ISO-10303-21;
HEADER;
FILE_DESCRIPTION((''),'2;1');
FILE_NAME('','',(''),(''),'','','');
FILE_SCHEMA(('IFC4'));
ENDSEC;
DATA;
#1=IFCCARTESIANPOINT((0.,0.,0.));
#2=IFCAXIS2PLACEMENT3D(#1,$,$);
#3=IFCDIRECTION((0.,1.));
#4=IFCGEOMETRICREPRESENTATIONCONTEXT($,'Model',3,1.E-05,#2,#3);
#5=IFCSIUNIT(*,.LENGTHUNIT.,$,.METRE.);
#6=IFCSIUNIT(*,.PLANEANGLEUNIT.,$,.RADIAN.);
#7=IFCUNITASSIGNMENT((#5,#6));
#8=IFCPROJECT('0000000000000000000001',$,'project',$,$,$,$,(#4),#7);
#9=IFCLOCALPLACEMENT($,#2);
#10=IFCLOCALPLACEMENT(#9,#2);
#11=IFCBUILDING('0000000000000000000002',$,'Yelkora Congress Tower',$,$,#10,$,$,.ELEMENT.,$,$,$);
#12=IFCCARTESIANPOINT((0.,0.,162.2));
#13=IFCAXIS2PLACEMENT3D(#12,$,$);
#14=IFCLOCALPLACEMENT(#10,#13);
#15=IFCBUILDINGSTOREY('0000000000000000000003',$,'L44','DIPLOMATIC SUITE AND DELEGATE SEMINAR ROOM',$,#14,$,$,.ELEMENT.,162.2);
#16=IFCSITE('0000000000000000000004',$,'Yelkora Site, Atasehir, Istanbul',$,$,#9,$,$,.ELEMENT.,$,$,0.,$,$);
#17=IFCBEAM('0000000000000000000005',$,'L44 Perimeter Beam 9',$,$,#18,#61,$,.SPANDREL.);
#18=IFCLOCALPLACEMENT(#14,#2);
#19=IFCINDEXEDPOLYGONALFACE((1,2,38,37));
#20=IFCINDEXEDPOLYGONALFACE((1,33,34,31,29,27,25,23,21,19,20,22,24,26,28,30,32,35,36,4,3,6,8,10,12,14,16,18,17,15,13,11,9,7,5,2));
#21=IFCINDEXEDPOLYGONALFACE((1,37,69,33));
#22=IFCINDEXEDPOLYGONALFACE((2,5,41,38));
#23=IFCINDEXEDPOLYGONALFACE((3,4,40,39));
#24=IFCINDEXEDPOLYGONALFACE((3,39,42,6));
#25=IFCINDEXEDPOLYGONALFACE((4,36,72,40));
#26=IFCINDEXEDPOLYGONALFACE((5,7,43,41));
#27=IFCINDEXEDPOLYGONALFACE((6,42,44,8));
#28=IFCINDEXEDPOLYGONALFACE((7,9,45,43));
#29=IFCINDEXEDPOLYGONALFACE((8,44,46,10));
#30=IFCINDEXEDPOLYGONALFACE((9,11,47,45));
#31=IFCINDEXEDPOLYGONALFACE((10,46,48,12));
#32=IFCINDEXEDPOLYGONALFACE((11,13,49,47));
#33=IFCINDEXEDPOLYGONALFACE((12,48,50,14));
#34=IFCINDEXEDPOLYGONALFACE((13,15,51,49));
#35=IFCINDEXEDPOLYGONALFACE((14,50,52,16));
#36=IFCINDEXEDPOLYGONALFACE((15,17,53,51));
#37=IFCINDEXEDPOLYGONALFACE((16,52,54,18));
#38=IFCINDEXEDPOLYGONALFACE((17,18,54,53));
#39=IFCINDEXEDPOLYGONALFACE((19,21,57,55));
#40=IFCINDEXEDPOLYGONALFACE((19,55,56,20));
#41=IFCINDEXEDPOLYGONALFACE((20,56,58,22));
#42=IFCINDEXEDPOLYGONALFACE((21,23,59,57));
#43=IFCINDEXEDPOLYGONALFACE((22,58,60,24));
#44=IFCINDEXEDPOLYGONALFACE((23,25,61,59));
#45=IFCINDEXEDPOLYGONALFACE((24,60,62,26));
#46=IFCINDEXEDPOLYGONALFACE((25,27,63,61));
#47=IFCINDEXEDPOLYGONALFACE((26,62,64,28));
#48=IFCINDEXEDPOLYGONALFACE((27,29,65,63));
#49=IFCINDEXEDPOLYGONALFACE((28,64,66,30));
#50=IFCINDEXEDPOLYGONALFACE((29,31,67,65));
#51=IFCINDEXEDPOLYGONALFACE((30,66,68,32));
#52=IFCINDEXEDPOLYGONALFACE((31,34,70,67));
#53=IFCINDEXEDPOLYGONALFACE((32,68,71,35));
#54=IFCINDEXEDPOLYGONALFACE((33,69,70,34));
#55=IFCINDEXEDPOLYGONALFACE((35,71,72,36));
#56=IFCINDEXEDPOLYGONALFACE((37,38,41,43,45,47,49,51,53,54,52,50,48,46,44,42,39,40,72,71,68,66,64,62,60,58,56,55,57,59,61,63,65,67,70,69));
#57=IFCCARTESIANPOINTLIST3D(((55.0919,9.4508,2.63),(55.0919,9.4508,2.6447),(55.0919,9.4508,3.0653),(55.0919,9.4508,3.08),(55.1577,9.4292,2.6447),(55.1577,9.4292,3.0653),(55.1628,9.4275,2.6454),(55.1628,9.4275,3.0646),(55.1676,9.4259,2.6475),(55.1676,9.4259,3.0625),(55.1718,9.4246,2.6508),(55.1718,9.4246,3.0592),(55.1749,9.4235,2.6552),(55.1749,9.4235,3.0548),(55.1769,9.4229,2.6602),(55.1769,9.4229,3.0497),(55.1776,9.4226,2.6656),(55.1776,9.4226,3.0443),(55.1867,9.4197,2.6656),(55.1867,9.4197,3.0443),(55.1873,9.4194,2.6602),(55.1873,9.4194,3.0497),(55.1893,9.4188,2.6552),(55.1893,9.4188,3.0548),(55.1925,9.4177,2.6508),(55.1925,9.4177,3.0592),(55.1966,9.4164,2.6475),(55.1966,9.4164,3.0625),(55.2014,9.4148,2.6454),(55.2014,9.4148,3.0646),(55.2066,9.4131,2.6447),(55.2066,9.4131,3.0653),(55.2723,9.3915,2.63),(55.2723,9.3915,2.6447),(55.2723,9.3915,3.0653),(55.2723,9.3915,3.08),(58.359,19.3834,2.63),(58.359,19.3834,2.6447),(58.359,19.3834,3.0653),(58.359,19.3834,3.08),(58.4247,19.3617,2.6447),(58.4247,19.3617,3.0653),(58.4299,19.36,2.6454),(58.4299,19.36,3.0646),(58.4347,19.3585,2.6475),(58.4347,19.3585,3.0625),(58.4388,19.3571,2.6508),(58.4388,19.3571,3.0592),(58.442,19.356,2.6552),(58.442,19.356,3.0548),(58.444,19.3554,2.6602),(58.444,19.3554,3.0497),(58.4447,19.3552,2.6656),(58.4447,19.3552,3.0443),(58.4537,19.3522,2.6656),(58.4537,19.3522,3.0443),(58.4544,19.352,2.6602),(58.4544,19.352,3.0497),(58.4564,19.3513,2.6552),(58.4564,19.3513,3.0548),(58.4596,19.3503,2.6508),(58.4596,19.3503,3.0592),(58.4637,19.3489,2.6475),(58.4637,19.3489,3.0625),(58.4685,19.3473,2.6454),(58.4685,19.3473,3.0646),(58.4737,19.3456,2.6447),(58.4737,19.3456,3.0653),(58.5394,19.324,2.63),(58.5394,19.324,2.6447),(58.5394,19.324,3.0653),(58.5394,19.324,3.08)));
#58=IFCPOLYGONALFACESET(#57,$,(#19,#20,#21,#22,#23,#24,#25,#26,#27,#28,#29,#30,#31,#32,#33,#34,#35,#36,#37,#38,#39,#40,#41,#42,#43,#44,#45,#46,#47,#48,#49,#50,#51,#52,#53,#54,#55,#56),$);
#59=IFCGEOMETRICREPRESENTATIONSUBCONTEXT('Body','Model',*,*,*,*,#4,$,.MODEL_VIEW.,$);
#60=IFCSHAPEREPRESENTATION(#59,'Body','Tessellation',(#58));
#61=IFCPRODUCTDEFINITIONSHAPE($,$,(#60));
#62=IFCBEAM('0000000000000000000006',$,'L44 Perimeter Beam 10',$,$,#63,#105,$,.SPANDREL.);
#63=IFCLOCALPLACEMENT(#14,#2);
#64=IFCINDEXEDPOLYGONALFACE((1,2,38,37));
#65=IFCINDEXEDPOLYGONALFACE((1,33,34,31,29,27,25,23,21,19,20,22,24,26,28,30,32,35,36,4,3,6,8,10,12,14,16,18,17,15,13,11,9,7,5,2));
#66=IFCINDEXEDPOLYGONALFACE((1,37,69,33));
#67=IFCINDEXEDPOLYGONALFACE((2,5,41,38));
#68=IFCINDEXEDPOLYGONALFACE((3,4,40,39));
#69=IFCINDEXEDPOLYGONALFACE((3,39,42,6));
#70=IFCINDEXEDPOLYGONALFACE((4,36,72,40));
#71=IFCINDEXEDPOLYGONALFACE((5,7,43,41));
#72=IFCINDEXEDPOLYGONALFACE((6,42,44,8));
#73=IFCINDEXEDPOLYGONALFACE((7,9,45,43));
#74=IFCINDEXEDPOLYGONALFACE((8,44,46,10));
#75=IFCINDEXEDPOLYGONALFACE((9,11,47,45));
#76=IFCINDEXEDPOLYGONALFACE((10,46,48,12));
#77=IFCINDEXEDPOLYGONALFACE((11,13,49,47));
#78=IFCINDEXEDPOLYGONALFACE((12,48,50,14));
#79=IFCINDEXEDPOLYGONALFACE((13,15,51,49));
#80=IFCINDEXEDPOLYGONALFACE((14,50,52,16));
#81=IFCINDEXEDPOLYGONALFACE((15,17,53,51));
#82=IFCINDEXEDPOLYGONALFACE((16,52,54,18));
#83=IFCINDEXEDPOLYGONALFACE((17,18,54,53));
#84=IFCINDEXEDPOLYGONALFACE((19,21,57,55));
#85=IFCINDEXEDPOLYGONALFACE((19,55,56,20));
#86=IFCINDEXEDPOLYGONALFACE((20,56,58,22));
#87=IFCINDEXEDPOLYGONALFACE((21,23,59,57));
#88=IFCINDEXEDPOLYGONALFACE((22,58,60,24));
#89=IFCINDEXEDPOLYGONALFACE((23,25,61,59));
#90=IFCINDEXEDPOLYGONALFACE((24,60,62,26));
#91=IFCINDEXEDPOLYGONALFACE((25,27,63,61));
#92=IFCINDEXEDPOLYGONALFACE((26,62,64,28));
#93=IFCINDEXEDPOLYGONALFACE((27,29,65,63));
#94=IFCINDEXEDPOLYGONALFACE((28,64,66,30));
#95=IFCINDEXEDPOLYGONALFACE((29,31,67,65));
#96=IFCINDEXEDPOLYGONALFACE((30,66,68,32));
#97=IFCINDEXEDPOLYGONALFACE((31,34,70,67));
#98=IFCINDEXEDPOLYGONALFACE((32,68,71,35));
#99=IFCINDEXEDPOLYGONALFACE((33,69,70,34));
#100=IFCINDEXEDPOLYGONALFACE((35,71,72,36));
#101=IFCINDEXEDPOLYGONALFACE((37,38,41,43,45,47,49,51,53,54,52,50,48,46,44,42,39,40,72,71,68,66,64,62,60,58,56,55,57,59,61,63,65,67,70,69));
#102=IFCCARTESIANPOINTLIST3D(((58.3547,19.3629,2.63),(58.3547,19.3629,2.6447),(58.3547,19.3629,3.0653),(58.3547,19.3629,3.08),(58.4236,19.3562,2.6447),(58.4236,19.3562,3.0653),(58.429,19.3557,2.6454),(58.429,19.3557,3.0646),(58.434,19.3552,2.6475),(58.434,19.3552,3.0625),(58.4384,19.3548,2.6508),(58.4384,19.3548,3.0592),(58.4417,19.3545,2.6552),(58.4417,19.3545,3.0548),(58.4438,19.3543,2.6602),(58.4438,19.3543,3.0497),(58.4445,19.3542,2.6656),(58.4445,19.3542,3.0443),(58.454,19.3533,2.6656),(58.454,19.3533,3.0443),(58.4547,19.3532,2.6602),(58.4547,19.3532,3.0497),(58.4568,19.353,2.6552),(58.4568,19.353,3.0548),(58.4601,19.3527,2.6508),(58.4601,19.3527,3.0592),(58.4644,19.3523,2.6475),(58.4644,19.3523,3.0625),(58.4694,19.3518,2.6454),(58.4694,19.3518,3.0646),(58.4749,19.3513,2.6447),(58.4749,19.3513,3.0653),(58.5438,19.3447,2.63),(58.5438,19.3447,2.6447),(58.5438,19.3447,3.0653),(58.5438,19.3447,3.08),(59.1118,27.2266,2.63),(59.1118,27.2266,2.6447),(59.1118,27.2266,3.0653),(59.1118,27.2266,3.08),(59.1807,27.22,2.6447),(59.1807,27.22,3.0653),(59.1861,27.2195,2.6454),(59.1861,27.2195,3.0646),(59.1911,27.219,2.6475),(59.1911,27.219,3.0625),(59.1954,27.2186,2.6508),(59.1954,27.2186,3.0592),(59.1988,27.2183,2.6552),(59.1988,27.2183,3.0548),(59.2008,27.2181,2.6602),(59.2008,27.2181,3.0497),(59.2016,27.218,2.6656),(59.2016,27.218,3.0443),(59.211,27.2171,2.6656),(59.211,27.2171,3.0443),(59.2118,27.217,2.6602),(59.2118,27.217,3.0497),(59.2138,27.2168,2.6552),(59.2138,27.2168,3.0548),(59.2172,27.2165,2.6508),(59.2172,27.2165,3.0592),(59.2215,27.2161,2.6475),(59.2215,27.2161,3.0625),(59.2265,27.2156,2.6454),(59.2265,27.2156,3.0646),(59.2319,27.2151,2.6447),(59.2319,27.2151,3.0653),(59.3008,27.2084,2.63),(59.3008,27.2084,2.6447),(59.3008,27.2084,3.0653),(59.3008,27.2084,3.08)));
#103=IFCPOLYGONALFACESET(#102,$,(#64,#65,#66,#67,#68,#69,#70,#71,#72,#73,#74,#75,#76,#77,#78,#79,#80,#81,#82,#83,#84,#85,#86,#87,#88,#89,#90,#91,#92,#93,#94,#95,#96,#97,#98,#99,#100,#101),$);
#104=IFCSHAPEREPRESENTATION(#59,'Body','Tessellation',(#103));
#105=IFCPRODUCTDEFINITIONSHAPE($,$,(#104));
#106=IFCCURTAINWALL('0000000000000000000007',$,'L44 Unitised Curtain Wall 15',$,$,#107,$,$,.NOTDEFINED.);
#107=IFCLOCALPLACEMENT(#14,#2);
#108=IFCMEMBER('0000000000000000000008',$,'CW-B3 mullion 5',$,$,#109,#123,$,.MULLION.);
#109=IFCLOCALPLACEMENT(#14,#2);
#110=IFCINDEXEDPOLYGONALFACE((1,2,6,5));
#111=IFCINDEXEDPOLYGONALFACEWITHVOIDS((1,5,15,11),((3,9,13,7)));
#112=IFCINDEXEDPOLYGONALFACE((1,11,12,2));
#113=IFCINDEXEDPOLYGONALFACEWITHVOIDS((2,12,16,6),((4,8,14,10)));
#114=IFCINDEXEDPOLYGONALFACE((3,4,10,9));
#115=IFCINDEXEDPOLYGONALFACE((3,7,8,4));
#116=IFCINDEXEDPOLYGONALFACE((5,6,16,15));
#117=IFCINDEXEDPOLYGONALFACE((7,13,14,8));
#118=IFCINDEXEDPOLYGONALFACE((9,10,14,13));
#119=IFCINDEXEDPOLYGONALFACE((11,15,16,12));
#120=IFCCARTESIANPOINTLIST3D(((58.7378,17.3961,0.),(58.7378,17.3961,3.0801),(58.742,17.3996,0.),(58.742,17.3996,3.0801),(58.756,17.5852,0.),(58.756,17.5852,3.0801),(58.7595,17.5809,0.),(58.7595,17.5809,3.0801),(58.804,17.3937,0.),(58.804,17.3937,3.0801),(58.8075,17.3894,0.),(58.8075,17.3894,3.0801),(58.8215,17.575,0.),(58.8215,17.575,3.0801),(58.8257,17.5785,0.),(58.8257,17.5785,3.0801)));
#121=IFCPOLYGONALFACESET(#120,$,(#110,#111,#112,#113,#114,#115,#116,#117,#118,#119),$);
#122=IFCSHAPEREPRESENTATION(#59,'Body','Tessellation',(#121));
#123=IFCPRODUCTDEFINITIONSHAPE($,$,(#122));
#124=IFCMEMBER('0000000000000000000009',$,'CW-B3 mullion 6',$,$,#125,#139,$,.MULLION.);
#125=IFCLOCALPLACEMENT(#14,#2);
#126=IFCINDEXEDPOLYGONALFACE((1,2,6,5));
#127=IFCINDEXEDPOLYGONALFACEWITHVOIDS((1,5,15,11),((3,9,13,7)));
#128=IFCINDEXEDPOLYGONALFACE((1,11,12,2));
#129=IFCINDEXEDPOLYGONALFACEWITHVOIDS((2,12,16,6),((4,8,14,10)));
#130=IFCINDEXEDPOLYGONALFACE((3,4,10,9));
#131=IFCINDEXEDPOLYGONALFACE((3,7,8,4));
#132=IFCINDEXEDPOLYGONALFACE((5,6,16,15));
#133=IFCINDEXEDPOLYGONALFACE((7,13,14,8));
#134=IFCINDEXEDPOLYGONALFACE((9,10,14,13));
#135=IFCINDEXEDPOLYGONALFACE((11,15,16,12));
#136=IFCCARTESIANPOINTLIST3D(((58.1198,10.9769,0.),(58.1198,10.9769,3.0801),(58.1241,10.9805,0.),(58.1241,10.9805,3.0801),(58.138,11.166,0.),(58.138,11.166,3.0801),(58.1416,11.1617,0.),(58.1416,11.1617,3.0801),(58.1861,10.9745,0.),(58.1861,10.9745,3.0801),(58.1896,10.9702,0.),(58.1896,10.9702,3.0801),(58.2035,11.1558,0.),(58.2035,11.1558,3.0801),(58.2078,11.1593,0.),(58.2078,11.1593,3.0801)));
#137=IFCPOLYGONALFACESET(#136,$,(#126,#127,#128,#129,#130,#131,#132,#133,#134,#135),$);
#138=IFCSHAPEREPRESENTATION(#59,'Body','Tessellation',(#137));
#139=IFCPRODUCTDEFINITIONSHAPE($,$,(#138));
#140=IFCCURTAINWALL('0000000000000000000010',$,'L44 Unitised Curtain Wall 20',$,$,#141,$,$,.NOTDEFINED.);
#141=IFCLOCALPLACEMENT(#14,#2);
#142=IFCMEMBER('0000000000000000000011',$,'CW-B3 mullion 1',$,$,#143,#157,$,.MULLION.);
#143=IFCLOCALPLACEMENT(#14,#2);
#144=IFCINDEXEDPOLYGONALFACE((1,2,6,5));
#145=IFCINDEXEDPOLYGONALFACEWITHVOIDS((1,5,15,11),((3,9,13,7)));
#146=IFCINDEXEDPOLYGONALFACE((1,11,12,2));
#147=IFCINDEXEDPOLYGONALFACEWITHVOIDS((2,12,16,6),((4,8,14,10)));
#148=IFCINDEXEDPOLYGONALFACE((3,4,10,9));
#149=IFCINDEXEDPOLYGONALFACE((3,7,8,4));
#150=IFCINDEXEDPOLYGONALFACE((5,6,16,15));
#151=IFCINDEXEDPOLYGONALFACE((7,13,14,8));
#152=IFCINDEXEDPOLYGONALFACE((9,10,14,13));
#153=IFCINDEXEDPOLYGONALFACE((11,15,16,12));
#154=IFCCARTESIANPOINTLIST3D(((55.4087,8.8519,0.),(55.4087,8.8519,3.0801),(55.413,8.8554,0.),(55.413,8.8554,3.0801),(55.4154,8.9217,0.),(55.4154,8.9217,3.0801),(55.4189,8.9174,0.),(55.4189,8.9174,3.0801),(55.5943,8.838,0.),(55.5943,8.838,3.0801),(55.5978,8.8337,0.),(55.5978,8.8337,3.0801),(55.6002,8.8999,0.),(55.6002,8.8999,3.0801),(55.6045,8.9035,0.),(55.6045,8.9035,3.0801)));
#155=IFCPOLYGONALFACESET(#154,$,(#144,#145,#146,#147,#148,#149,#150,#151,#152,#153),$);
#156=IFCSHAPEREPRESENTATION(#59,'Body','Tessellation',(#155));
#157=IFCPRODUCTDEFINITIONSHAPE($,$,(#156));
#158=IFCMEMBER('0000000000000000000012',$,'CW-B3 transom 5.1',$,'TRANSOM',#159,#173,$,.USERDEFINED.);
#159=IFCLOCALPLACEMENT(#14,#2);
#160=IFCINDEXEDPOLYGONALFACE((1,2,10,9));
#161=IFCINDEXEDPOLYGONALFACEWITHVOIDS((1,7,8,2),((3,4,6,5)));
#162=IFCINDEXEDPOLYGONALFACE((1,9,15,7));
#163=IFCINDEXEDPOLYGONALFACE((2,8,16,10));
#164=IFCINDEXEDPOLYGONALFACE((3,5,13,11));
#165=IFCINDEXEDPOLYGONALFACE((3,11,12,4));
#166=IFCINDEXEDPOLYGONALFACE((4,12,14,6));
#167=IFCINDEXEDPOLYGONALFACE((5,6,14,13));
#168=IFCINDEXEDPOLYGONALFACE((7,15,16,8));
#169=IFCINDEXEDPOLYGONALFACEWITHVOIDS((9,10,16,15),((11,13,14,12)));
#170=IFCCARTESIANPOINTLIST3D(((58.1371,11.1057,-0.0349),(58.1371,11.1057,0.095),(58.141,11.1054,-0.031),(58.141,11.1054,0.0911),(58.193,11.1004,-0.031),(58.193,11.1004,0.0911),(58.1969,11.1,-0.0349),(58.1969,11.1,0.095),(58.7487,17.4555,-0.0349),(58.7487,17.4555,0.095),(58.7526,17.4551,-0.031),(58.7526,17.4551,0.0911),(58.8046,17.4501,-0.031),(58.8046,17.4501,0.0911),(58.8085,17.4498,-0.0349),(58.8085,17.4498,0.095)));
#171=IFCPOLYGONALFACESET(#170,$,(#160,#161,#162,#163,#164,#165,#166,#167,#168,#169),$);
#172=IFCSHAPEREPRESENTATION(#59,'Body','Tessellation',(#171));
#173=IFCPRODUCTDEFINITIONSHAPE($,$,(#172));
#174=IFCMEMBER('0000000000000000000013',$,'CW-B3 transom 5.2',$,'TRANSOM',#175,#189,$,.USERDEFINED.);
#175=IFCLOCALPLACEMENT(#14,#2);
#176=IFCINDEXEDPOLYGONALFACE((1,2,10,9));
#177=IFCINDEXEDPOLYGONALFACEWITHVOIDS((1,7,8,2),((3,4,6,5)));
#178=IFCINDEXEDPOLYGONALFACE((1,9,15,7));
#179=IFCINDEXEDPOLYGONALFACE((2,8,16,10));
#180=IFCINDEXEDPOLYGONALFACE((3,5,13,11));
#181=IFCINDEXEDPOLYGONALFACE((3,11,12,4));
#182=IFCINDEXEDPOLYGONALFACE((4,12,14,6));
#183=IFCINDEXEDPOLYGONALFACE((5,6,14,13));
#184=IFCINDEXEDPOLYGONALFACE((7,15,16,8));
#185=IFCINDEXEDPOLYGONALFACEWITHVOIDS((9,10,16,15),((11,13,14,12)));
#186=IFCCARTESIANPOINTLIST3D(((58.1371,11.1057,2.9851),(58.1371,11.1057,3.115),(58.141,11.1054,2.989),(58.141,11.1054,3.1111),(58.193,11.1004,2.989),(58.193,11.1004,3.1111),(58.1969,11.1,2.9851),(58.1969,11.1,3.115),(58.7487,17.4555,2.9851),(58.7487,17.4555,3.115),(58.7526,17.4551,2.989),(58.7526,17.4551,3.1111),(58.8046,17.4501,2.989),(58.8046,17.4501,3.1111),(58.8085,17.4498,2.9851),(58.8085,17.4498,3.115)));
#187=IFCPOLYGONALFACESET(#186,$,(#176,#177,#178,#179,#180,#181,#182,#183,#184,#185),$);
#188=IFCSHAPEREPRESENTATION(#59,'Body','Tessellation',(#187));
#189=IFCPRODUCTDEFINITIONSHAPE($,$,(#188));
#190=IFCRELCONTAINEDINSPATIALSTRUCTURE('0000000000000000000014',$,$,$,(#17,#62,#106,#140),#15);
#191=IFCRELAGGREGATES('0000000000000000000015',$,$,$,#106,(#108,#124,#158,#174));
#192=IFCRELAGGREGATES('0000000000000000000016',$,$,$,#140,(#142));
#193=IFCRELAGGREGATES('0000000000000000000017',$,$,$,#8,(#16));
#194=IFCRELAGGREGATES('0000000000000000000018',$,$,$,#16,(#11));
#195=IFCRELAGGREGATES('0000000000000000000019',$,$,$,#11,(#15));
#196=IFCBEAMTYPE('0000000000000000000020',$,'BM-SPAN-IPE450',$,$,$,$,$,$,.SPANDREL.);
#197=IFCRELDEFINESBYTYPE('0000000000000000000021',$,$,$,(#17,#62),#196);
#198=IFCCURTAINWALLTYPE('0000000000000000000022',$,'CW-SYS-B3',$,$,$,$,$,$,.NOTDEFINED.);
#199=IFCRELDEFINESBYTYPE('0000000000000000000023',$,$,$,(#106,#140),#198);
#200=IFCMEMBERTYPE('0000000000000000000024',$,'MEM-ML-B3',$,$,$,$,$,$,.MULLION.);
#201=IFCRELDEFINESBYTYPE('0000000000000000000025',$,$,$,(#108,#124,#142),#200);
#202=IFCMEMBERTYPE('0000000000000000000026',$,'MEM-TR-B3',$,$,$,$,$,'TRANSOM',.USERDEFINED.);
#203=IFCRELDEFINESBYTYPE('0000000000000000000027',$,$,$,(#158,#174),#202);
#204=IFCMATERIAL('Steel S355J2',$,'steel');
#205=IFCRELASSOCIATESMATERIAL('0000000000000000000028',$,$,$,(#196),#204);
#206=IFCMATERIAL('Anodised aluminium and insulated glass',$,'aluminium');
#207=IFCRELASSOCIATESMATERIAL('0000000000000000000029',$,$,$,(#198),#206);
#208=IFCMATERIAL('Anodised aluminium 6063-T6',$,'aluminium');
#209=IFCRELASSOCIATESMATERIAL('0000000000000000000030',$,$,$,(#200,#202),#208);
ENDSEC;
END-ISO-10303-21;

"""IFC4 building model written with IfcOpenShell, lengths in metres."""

from ifc_helpers import new_model, si_unit, direction, frame, origin, origin_2d, place, context, subcontext, project, spatial, hollow_rectangle, i_section, extrude, material, material_profile, profile_set, type_object, element, aggregate, save


model = new_model("IFC4")

# Units and contexts
model_context = context("Model", 3, precision=1e-05, world=origin(), true_north=direction((0.0, 1.0)))
body_context = subcontext(model_context, "Body", "Model", "MODEL_VIEW")
ifc_project = project(units=[si_unit("LENGTHUNIT", "METRE"), si_unit("PLANEANGLEUNIT", "RADIAN")], contexts=[model_context])

# Site, building, storey
site_placement = place(None, origin())
site = spatial("IfcSite", under=ifc_project, at=site_placement, Name="Yelkora Site, Atasehir, Istanbul", CompositionType="ELEMENT", RefElevation=0.0)
building_placement = place(site_placement, origin())
building = spatial("IfcBuilding", under=site, at=building_placement, Name="Yelkora Congress Tower", CompositionType="ELEMENT")
storey_placement = place(building_placement, frame((0.0, 0.0, 162.2)))
storey = spatial("IfcBuildingStorey", under=building, at=storey_placement, Name="L44", Description="DIPLOMATIC SUITE AND DELEGATE SEMINAR ROOM", CompositionType="ELEMENT", Elevation=162.2)

# Beams
ifc_material_1 = material(Name="Steel S355J2", Category="steel")
ifc_material_profile_1 = material_profile(ifc_material_1, i_section(OverallWidth=0.1899, OverallDepth=0.45, WebThickness=0.0095, FlangeThickness=0.0146, FilletRadius=0.021, at=origin_2d()), Name="IPE 450")
ifc_profile_set_1 = profile_set([ifc_material_profile_1], Name="Steel S355J2")
beam_type_1 = type_object("IfcBeamType", Name="BM-SPAN-IPE450", PredefinedType="SPANDREL", material=ifc_profile_set_1)
beam_1_placement = place(storey_placement, frame((55.1821, 9.4211, 2.855), z_axis=(0.312457, 0.949932, 0.0), x_axis=(-0.949932, 0.312457, 0.0)))
element("IfcBeam", 1, at=beam_1_placement, inside=storey, type_object=beam_type_1, Name="L44 Perimeter Beam 9", PredefinedType="SPANDREL", context=body_context, shape_type="SweptSolid", body=[
    extrude(i_section(OverallWidth=0.1899, OverallDepth=0.45, WebThickness=0.0095, FlangeThickness=0.0146, FilletRadius=0.021, at=origin_2d()), origin(), (0.0, 0.0, 1.0), 10.4561),
])
beam_2_placement = place(storey_placement, frame((58.4492, 19.3538, 2.855), z_axis=(0.095831, 0.995398, 0.0), x_axis=(-0.995398, 0.095831, 0.0)))
element("IfcBeam", 2, at=beam_2_placement, inside=storey, type_object=beam_type_1, Name="L44 Perimeter Beam 10", PredefinedType="SPANDREL", context=body_context, shape_type="SweptSolid", body=[
    extrude(i_section(OverallWidth=0.1899, OverallDepth=0.45, WebThickness=0.0095, FlangeThickness=0.0146, FilletRadius=0.021, at=origin_2d()), origin(), (0.0, 0.0, 1.0), 7.9001),
])

# Curtain wall, members
ifc_material_2 = material(Name="Anodised aluminium and insulated glass", Category="aluminium")
curtain_wall_type = type_object("IfcCurtainWallType", Name="CW-SYS-B3", PredefinedType="NOTDEFINED", material=ifc_material_2)
curtain_wall_1_placement = place(storey_placement, origin())
curtain_wall_1 = element("IfcCurtainWall", 3, at=curtain_wall_1_placement, inside=storey, type_object=curtain_wall_type, Name="L44 Unitised Curtain Wall 15", PredefinedType="NOTDEFINED")
ifc_material_3 = material(Name="Anodised aluminium 6063-T6", Category="aluminium")
ifc_material_profile_2 = material_profile(ifc_material_3, hollow_rectangle(XDim=0.0701, YDim=0.1899, WallThickness=0.0039, at=origin_2d()), Name="ALU 70x190x4")
ifc_profile_set_2 = profile_set([ifc_material_profile_2], Name="Anodised aluminium 6063-T6")
member_type_1 = type_object("IfcMemberType", Name="MEM-ML-B3", PredefinedType="MULLION", material=ifc_profile_set_2)
member_1_placement = place(storey_placement, frame((58.7817, 17.4873, 0.0), z_axis=(0.0, 0.0, 1.0), x_axis=(0.995397, -0.095842, 0.0)))
member_1 = element("IfcMember", 4, at=member_1_placement, type_object=member_type_1, Name="CW-B3 mullion 5", PredefinedType="MULLION", context=body_context, shape_type="SweptSolid", body=[
    extrude(hollow_rectangle(XDim=0.0701, YDim=0.1899, WallThickness=0.0039, at=origin_2d()), origin(), (0.0, 0.0, 1.0), 3.0801),
])
member_2_placement = place(storey_placement, frame((58.1638, 11.0681, 0.0), z_axis=(0.0, 0.0, 1.0), x_axis=(0.995397, -0.095842, 0.0)))
member_2 = element("IfcMember", 5, at=member_2_placement, type_object=member_type_1, Name="CW-B3 mullion 6", PredefinedType="MULLION", context=body_context, shape_type="SweptSolid", body=[
    extrude(hollow_rectangle(XDim=0.0701, YDim=0.1899, WallThickness=0.0039, at=origin_2d()), origin(), (0.0, 0.0, 1.0), 3.0801),
])

# Curtain wall, member
curtain_wall_2_placement = place(storey_placement, origin())
curtain_wall_2 = element("IfcCurtainWall", 6, at=curtain_wall_2_placement, inside=storey, type_object=curtain_wall_type, Name="L44 Unitised Curtain Wall 20", PredefinedType="NOTDEFINED")
member_3_placement = place(storey_placement, frame((55.5066, 8.8777, 0.0), z_axis=(0.0, 0.0, 1.0), x_axis=(-0.095845, -0.995396, 0.0)))
member_3 = element("IfcMember", 7, at=member_3_placement, type_object=member_type_1, Name="CW-B3 mullion 1", PredefinedType="MULLION", context=body_context, shape_type="SweptSolid", body=[
    extrude(hollow_rectangle(XDim=0.0701, YDim=0.1899, WallThickness=0.0039, at=origin_2d()), origin(), (0.0, 0.0, 1.0), 3.0801),
])

# Members
ifc_material_profile_3 = material_profile(ifc_material_3, hollow_rectangle(XDim=0.0601, YDim=0.1299, WallThickness=0.0039, at=origin_2d()), Name="ALU 60x130x4")
ifc_profile_set_3 = profile_set([ifc_material_profile_3], Name="Anodised aluminium 6063-T6")
member_type_2 = type_object("IfcMemberType", Name="MEM-TR-B3", ElementType="TRANSOM", PredefinedType="USERDEFINED", material=ifc_profile_set_3)
member_4_placement = place(storey_placement, frame((58.7786, 17.4526, 0.03), z_axis=(-0.095869, -0.995394, 0.0), x_axis=(0.995394, -0.095869, 0.0)))
member_4 = element("IfcMember", 8, at=member_4_placement, type_object=member_type_2, Name="CW-B3 transom 5.1", ObjectType="TRANSOM", PredefinedType="USERDEFINED", context=body_context, shape_type="SweptSolid", body=[
    extrude(hollow_rectangle(XDim=0.0601, YDim=0.1299, WallThickness=0.0039, at=origin_2d()), origin(), (0.0, 0.0, 1.0), 6.3792),
])
member_5_placement = place(storey_placement, frame((58.7786, 17.4526, 3.05), z_axis=(-0.095869, -0.995394, 0.0), x_axis=(0.995394, -0.095869, 0.0)))
member_5 = element("IfcMember", 9, at=member_5_placement, type_object=member_type_2, Name="CW-B3 transom 5.2", ObjectType="TRANSOM", PredefinedType="USERDEFINED", context=body_context, shape_type="SweptSolid", body=[
    extrude(hollow_rectangle(XDim=0.0601, YDim=0.1299, WallThickness=0.0039, at=origin_2d()), origin(), (0.0, 0.0, 1.0), 6.3792),
])

aggregate(curtain_wall_1, [member_1, member_2, member_4, member_5])
aggregate(curtain_wall_2, [member_3])

save(model, "model.ifc")
